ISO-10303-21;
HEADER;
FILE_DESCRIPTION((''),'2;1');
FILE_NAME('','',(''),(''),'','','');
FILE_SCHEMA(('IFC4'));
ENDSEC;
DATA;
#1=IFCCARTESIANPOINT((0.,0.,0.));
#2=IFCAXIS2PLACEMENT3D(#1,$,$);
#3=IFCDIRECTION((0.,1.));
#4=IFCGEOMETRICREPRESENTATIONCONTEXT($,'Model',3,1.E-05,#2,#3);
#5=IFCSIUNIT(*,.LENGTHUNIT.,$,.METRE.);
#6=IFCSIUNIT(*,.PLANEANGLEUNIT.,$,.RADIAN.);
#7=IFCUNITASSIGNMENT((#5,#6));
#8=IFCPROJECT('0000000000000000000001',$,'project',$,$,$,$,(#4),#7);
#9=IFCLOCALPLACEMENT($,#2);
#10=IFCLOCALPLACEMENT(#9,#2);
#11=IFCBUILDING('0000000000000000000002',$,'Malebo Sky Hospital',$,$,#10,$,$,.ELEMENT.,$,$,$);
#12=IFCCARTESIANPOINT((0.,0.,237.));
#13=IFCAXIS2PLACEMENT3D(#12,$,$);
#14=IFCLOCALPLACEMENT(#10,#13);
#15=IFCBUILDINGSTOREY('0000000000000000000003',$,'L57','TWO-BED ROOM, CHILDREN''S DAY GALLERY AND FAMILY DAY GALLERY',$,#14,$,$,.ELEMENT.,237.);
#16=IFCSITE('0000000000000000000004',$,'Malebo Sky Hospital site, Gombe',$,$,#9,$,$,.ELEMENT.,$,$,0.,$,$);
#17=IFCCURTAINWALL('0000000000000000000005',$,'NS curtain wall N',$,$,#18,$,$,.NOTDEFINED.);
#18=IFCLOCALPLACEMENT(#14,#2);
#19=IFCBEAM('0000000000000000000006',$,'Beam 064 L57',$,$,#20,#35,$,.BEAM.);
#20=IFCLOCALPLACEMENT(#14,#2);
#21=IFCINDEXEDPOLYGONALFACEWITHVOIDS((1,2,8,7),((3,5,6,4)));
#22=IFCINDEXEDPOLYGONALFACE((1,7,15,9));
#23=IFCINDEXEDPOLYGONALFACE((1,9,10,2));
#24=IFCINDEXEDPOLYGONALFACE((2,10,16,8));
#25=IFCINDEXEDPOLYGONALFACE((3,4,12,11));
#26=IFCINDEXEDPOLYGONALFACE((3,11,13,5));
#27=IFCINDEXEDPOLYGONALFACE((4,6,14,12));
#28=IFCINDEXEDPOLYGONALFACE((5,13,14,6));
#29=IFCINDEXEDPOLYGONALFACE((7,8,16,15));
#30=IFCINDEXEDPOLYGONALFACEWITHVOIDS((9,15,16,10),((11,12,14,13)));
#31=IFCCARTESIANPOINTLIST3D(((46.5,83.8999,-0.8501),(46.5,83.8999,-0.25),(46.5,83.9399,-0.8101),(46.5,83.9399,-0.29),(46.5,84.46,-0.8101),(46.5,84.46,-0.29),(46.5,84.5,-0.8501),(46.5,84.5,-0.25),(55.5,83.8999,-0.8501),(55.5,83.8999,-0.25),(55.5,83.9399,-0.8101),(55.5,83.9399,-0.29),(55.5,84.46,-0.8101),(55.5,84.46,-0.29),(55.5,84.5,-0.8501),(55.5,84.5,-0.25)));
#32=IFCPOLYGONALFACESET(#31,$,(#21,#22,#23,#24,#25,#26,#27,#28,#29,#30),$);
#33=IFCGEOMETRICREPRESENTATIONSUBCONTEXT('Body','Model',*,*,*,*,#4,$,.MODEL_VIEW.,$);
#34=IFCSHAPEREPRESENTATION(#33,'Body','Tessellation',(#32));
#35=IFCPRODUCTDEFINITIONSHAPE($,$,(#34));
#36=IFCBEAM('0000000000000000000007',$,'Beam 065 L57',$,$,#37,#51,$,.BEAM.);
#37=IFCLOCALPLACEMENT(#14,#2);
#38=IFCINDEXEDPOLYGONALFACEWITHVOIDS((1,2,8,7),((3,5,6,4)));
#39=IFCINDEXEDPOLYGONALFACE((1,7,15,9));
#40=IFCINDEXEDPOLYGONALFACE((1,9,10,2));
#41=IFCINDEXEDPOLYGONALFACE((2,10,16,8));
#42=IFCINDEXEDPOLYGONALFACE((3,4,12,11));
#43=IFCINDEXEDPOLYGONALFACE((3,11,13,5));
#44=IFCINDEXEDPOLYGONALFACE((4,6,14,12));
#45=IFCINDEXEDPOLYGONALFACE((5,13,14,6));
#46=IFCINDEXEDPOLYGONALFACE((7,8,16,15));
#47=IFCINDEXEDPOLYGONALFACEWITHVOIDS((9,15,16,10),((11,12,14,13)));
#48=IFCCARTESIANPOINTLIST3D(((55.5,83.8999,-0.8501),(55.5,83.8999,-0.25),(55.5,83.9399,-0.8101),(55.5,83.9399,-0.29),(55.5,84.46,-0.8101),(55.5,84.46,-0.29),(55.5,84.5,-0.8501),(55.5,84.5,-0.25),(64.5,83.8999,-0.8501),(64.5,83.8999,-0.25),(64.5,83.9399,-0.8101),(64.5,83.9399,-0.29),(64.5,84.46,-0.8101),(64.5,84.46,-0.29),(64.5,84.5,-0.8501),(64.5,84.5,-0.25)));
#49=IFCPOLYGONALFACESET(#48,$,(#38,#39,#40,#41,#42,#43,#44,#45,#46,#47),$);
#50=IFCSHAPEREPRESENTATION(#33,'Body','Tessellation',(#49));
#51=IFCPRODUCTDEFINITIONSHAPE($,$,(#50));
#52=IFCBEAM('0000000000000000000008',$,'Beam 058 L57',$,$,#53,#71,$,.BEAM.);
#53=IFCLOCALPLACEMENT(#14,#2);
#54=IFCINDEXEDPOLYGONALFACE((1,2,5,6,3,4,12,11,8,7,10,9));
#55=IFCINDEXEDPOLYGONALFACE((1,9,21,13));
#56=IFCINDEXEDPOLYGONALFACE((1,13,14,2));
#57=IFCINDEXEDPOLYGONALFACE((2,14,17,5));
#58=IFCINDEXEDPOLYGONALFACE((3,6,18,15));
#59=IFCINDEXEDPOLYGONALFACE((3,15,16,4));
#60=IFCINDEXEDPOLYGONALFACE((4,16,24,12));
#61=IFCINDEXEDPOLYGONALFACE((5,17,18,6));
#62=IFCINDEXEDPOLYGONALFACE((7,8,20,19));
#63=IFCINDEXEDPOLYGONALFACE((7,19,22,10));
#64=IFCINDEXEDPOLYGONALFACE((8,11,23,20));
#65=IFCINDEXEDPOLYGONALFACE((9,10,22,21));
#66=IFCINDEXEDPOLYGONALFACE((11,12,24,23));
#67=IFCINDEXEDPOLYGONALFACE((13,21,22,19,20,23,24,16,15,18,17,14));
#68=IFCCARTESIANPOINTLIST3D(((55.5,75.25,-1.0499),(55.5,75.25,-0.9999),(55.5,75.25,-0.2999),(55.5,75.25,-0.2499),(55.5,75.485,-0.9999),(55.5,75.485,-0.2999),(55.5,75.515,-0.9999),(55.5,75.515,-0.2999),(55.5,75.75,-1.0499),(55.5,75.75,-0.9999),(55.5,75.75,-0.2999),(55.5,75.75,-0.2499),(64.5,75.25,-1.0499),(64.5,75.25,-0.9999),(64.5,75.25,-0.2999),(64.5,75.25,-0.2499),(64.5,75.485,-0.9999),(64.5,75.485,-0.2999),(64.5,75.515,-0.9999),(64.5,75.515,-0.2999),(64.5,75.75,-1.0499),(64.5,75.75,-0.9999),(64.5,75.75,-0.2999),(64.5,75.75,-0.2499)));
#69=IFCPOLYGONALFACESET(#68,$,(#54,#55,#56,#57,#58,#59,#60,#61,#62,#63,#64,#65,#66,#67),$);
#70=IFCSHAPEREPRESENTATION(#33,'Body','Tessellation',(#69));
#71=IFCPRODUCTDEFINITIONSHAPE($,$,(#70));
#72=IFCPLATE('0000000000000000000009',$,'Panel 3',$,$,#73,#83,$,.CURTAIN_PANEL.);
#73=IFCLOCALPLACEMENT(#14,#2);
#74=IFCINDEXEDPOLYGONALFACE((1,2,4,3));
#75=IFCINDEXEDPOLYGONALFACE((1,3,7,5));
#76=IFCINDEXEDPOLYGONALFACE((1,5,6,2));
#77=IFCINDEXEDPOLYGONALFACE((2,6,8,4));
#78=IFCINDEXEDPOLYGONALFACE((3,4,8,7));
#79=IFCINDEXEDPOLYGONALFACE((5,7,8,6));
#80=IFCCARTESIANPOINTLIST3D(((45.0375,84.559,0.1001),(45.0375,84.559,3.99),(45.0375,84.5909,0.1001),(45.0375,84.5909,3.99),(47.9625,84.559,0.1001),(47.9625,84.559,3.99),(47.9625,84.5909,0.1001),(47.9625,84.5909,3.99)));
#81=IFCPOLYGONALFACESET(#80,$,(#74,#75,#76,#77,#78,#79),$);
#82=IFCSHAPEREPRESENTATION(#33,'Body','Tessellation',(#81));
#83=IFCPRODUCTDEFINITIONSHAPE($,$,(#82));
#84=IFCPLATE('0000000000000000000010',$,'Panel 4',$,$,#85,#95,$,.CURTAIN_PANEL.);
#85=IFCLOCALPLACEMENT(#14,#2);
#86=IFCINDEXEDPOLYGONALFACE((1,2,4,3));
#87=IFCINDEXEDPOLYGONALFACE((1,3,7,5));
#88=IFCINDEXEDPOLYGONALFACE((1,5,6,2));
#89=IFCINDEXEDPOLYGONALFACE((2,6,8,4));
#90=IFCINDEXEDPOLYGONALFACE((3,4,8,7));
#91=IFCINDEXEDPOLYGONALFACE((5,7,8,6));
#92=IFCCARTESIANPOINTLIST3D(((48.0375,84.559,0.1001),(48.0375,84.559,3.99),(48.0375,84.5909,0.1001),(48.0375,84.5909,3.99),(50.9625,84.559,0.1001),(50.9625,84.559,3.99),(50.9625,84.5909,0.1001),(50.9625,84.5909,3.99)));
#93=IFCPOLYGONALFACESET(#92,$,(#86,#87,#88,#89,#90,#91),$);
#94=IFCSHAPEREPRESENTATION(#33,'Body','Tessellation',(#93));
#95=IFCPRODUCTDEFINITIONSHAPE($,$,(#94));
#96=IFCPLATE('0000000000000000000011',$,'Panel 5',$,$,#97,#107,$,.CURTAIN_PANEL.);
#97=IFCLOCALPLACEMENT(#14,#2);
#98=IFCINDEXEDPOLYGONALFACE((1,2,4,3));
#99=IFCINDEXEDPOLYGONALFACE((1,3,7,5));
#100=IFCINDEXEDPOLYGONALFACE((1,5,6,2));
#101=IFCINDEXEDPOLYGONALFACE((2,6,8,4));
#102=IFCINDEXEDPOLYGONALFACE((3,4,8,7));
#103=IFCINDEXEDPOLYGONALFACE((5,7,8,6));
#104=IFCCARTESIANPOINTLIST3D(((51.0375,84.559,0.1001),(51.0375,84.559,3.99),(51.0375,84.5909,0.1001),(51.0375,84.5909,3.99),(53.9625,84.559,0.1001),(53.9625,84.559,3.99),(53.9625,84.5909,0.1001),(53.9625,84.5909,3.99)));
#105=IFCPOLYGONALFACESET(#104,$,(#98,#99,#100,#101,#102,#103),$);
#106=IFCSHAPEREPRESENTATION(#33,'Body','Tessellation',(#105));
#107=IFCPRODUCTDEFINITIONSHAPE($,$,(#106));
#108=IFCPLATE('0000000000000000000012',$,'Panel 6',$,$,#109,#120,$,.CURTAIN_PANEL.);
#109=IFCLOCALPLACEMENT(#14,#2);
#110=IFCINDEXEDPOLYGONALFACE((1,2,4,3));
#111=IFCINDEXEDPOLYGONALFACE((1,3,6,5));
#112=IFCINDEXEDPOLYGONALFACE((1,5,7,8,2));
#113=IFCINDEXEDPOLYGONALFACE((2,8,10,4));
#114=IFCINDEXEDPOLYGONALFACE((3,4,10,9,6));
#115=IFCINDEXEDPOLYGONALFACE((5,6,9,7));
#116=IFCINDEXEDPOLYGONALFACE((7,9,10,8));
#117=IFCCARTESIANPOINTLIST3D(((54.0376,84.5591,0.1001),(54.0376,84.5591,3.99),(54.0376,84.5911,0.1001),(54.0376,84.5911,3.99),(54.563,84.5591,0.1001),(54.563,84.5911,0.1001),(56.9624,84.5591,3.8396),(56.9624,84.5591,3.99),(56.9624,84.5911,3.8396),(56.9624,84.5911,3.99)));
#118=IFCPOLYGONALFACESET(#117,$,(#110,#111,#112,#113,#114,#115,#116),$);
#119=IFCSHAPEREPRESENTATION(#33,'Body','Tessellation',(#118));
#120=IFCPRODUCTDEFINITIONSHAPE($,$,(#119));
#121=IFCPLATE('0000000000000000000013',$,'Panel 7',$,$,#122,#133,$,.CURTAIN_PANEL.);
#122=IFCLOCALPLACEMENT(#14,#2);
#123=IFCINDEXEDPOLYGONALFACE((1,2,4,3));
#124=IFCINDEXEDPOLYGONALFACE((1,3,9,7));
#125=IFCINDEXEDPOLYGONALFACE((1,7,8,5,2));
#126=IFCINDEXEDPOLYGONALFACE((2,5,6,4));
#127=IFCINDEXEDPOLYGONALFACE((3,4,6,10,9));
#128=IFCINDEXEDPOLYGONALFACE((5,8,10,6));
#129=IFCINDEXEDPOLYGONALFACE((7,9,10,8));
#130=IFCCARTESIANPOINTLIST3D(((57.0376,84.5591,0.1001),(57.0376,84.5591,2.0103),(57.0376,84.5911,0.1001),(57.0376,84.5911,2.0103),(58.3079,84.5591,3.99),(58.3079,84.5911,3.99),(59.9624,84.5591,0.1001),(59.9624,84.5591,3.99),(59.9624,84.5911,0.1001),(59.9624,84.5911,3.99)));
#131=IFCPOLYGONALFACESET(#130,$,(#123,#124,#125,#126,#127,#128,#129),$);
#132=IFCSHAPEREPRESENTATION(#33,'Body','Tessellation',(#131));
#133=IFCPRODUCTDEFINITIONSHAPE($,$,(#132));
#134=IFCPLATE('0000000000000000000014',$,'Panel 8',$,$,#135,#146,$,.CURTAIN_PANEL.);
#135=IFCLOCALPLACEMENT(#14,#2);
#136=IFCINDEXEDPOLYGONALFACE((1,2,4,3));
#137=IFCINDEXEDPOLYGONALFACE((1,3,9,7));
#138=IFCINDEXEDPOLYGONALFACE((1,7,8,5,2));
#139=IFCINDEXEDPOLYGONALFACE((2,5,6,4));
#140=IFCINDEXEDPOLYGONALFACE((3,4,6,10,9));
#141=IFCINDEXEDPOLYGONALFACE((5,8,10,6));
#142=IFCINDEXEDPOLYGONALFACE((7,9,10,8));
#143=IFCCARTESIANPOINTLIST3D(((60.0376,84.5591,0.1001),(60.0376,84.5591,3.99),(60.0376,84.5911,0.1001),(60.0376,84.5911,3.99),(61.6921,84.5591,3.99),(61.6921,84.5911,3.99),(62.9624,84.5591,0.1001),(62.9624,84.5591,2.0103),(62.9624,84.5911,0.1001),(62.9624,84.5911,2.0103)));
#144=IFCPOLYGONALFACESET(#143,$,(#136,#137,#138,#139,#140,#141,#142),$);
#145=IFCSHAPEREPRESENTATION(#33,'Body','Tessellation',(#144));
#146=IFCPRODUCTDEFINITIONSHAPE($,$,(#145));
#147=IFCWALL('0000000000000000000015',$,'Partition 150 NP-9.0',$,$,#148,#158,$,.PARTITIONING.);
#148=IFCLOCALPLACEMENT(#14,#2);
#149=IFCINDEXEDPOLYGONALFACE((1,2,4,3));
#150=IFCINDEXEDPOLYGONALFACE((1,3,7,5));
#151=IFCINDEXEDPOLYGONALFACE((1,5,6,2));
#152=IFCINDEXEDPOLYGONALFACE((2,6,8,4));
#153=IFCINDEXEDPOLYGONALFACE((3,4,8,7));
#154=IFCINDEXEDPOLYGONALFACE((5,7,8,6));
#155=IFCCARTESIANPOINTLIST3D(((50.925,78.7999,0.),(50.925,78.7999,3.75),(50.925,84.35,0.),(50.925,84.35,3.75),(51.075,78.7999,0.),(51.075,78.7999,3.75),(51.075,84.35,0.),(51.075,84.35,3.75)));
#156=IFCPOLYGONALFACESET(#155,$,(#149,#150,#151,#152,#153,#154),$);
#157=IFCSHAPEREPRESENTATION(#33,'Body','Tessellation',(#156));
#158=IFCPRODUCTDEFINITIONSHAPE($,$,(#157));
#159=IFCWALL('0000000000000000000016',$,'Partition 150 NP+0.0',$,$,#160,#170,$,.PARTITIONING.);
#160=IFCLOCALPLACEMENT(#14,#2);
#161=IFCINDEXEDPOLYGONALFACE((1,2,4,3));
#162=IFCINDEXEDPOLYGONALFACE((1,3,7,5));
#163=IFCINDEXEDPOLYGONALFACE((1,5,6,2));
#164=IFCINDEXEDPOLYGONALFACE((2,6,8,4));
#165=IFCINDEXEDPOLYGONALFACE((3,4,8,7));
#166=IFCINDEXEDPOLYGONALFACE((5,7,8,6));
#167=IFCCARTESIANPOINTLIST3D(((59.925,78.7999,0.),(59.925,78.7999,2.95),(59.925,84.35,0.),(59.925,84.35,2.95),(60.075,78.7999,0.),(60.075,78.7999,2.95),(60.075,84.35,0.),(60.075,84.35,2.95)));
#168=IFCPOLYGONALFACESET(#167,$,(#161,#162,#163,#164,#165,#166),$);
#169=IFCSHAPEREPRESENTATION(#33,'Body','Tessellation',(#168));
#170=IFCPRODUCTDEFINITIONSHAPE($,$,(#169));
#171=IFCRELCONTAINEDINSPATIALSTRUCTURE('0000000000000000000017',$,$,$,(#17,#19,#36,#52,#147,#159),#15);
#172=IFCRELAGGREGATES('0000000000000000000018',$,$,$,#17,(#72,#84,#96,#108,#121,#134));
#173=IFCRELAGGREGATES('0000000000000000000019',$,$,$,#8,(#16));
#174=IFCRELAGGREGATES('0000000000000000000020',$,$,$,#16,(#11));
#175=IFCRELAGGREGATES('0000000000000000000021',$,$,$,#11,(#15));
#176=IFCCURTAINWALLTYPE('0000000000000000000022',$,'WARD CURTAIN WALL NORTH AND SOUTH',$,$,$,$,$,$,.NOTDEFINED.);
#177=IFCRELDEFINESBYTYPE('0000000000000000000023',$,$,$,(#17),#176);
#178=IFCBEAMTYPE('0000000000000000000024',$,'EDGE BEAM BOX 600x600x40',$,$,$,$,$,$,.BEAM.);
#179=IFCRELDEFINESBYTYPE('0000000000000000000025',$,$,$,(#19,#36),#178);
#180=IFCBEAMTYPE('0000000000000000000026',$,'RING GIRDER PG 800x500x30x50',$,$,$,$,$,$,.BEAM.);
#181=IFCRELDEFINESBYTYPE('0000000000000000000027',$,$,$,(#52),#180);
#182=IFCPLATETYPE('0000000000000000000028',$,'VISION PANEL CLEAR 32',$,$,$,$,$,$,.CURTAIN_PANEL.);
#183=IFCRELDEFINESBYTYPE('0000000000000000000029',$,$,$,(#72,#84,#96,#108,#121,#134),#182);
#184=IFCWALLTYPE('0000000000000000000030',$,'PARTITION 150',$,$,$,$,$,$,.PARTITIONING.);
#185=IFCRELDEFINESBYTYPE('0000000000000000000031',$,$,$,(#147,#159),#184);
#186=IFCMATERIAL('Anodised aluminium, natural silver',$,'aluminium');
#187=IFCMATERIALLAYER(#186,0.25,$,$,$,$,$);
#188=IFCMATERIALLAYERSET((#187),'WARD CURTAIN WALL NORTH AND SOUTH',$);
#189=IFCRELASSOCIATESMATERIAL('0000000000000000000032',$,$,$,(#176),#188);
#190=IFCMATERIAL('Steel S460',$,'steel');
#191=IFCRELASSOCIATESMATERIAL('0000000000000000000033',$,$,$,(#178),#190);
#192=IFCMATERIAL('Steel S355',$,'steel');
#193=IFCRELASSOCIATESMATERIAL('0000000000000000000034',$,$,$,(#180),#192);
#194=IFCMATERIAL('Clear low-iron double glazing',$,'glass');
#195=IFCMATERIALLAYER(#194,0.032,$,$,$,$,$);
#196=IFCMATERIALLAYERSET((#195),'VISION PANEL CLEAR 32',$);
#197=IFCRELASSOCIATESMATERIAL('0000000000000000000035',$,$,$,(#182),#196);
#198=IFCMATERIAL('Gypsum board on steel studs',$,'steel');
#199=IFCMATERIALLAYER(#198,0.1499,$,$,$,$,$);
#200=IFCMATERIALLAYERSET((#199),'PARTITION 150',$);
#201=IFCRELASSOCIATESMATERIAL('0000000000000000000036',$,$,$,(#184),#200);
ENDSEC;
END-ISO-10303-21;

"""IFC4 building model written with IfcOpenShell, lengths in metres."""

from ifc_helpers import new_model, si_unit, direction, frame, frame_2d, origin, origin_2d, place, context, subcontext, project, spatial, polyline, rectangle, hollow_rectangle, i_section, outline, extrude, material, layer, layer_set, material_profile, profile_set, type_object, element, aggregate, save


model = new_model("IFC4")

# Units and contexts
model_context = context("Model", 3, precision=1e-05, world=origin(), true_north=direction((0.0, 1.0)))
body_context = subcontext(model_context, "Body", "Model", "MODEL_VIEW")
ifc_project = project(units=[si_unit("LENGTHUNIT", "METRE"), si_unit("PLANEANGLEUNIT", "RADIAN")], contexts=[model_context])

# Site, building, storey
site_placement = place(None, origin())
site = spatial("IfcSite", under=ifc_project, at=site_placement, Name="Malebo Sky Hospital site, Gombe", CompositionType="ELEMENT", RefElevation=0.0)
building_placement = place(site_placement, origin())
building = spatial("IfcBuilding", under=site, at=building_placement, Name="Malebo Sky Hospital", CompositionType="ELEMENT")
storey_placement = place(building_placement, frame((0.0, 0.0, 237.0)))
storey = spatial("IfcBuildingStorey", under=building, at=storey_placement, Name="L57", Description="TWO-BED ROOM, CHILDREN'S DAY GALLERY AND FAMILY DAY GALLERY", CompositionType="ELEMENT", Elevation=237.0)

# Shared definitions
ifc_material_1 = material(Name="Steel S460", Category="steel")

# Curtain wall
ifc_material_2 = material(Name="Anodised aluminium, natural silver", Category="aluminium")
ifc_layer_1 = layer(ifc_material_2, 0.25)
ifc_layer_set_1 = layer_set([ifc_layer_1], Name="WARD CURTAIN WALL NORTH AND SOUTH")
curtain_wall_type = type_object("IfcCurtainWallType", Name="WARD CURTAIN WALL NORTH AND SOUTH", PredefinedType="NOTDEFINED", material=ifc_layer_set_1)
curtain_wall_placement = place(storey_placement, origin())
curtain_wall = element("IfcCurtainWall", 1, at=curtain_wall_placement, inside=storey, type_object=curtain_wall_type, Name="NS curtain wall N", PredefinedType="NOTDEFINED")

# Shared definitions
ifc_material_3 = material(Name="Steel S355", Category="steel")

# Beams
ifc_material_profile_1 = material_profile(ifc_material_1, hollow_rectangle(XDim=0.6001, YDim=0.6001, WallThickness=0.04, at=origin_2d()), Name="BOX 600x600x40")
ifc_profile_set_1 = profile_set([ifc_material_profile_1], Name="Steel S460")
beam_type_1 = type_object("IfcBeamType", Name="EDGE BEAM BOX 600x600x40", PredefinedType="BEAM", material=ifc_profile_set_1)
for number, where, z_axis, x_axis, name in (
    (2, (46.5, 84.2, -0.55), (1.0, 0.0, 0.0), (0.0, 1.0, 0.0), "Beam 064 L57"),
    (3, (55.5, 84.2, -0.55), (1.0, 0.0, 0.0), (0.0, 1.0, 0.0), "Beam 065 L57"),
):
    element("IfcBeam", number, at=place(storey_placement, frame(where, z_axis=z_axis, x_axis=x_axis)), inside=storey, type_object=beam_type_1, Name=name, PredefinedType="BEAM", context=body_context, shape_type="SweptSolid", body=[
        extrude(hollow_rectangle(XDim=0.6001, YDim=0.6001, WallThickness=0.04, at=origin_2d()), origin(), (0.0, 0.0, 1.0), 9.0),
    ])
ifc_material_profile_2 = material_profile(ifc_material_3, i_section(OverallWidth=0.5, OverallDepth=0.8, WebThickness=0.03, FlangeThickness=0.05, at=origin_2d()), Name="PG 800x500x30x50")
ifc_profile_set_2 = profile_set([ifc_material_profile_2], Name="Steel S355")
beam_type_2 = type_object("IfcBeamType", Name="RING GIRDER PG 800x500x30x50", PredefinedType="BEAM", material=ifc_profile_set_2)
beam_placement = place(storey_placement, frame((55.5, 75.5, -0.6499), z_axis=(1.0, 0.0, 0.0), x_axis=(0.0, 1.0, 0.0)))
element("IfcBeam", 4, at=beam_placement, inside=storey, type_object=beam_type_2, Name="Beam 058 L57", PredefinedType="BEAM", context=body_context, shape_type="SweptSolid", body=[
    extrude(i_section(OverallWidth=0.5, OverallDepth=0.8, WebThickness=0.03, FlangeThickness=0.05, at=origin_2d()), origin(), (0.0, 0.0, 1.0), 9.0),
])

# Plates
ifc_material_4 = material(Name="Clear low-iron double glazing", Category="glass")
ifc_layer_2 = layer(ifc_material_4, 0.032)
ifc_layer_set_2 = layer_set([ifc_layer_2], Name="VISION PANEL CLEAR 32")
plate_type = type_object("IfcPlateType", Name="VISION PANEL CLEAR 32", PredefinedType="CURTAIN_PANEL", material=ifc_layer_set_2)
plate_1_placement = place(storey_placement, frame((46.5, 84.575, 0.1001), z_axis=(0.0, 0.0, 1.0), x_axis=(1.0, 0.0, 0.0)))
plate_1 = element("IfcPlate", 5, at=plate_1_placement, type_object=plate_type, Name="Panel 3", PredefinedType="CURTAIN_PANEL", context=body_context, shape_type="SweptSolid", body=[
    extrude(rectangle(XDim=2.925, YDim=0.032, at=origin_2d()), origin(), (0.0, 0.0, 1.0), 3.8899),
])
plate_2_placement = place(storey_placement, frame((49.5, 84.575, 0.1001), z_axis=(0.0, 0.0, 1.0), x_axis=(1.0, 0.0, 0.0)))
plate_2 = element("IfcPlate", 6, at=plate_2_placement, type_object=plate_type, Name="Panel 4", PredefinedType="CURTAIN_PANEL", context=body_context, shape_type="SweptSolid", body=[
    extrude(rectangle(XDim=2.925, YDim=0.032, at=origin_2d()), origin(), (0.0, 0.0, 1.0), 3.8899),
])
plate_3_placement = place(storey_placement, frame((52.5, 84.575, 0.1001), z_axis=(0.0, 0.0, 1.0), x_axis=(1.0, 0.0, 0.0)))
plate_3 = element("IfcPlate", 7, at=plate_3_placement, type_object=plate_type, Name="Panel 5", PredefinedType="CURTAIN_PANEL", context=body_context, shape_type="SweptSolid", body=[
    extrude(rectangle(XDim=2.925, YDim=0.032, at=origin_2d()), origin(), (0.0, 0.0, 1.0), 3.8899),
])
plate_4_placement = place(storey_placement, frame((55.5, 84.575, 0.1001), z_axis=(0.0, 0.0, 1.0), x_axis=(1.0, 0.0, 0.0)))
plate_4 = element("IfcPlate", 8, at=plate_4_placement, type_object=plate_type, Name="Panel 6", PredefinedType="CURTAIN_PANEL", context=body_context, shape_type="SweptSolid", body=[
    extrude(outline(polyline([(-1.4624, 0.0), (-0.937, 0.0), (1.4624, 3.7395), (1.4624, 3.8899), (-1.4624, 3.8899), (-1.4624, 0.0)])), frame((0.0, 0.0161, 0.0), z_axis=(0.0, -1.0, 0.0), x_axis=(1.0, 0.0, 0.0)), (0.0, 0.0, 1.0), 0.032),
])
plate_5_placement = place(storey_placement, frame((58.5, 84.575, 0.1001), z_axis=(0.0, 0.0, 1.0), x_axis=(1.0, 0.0, 0.0)))
plate_5 = element("IfcPlate", 9, at=plate_5_placement, type_object=plate_type, Name="Panel 7", PredefinedType="CURTAIN_PANEL", context=body_context, shape_type="SweptSolid", body=[
    extrude(outline(polyline([(-1.4624, 0.0), (1.4624, 0.0), (1.4624, 3.8899), (-0.1921, 3.8899), (-1.4624, 1.9102), (-1.4624, 0.0)])), frame((0.0, 0.0161, 0.0), z_axis=(0.0, -1.0, 0.0), x_axis=(1.0, 0.0, 0.0)), (0.0, 0.0, 1.0), 0.032),
])
plate_6_placement = place(storey_placement, frame((61.5, 84.575, 0.1001), z_axis=(0.0, 0.0, 1.0), x_axis=(1.0, 0.0, 0.0)))
plate_6 = element("IfcPlate", 10, at=plate_6_placement, type_object=plate_type, Name="Panel 8", PredefinedType="CURTAIN_PANEL", context=body_context, shape_type="SweptSolid", body=[
    extrude(outline(polyline([(-1.4624, 0.0), (1.4624, 0.0), (1.4624, 1.9102), (0.1921, 3.8899), (-1.4624, 3.8899), (-1.4624, 0.0)])), frame((0.0, 0.0161, 0.0), z_axis=(0.0, -1.0, 0.0), x_axis=(1.0, 0.0, 0.0)), (0.0, 0.0, 1.0), 0.032),
])
aggregate(curtain_wall, [plate_1, plate_2, plate_3, plate_4, plate_5, plate_6])

# Walls
ifc_material_5 = material(Name="Gypsum board on steel studs", Category="steel")
ifc_layer_3 = layer(ifc_material_5, 0.1499)
ifc_layer_set_3 = layer_set([ifc_layer_3], Name="PARTITION 150")
wall_type = type_object("IfcWallType", Name="PARTITION 150", PredefinedType="PARTITIONING", material=ifc_layer_set_3)
wall_1_placement = place(storey_placement, frame((51.0, 78.8, 0.0), z_axis=(0.0, 0.0, 1.0), x_axis=(0.0, 1.0, 0.0)))
element("IfcWall", 11, at=wall_1_placement, inside=storey, type_object=wall_type, Name="Partition 150 NP-9.0", PredefinedType="PARTITIONING", context=body_context, shape_type="SweptSolid", body=[
    extrude(rectangle(XDim=5.55, YDim=0.1499, at=frame_2d((2.7749, 0.0))), origin(), (0.0, 0.0, 1.0), 3.75),
])
wall_2_placement = place(storey_placement, frame((60.0, 78.8, 0.0), z_axis=(0.0, 0.0, 1.0), x_axis=(0.0, 1.0, 0.0)))
element("IfcWall", 12, at=wall_2_placement, inside=storey, type_object=wall_type, Name="Partition 150 NP+0.0", PredefinedType="PARTITIONING", context=body_context, shape_type="SweptSolid", body=[
    extrude(rectangle(XDim=5.55, YDim=0.1499, at=frame_2d((2.7749, 0.0))), origin(), (0.0, 0.0, 1.0), 2.95),
])

save(model, "model.ifc")
